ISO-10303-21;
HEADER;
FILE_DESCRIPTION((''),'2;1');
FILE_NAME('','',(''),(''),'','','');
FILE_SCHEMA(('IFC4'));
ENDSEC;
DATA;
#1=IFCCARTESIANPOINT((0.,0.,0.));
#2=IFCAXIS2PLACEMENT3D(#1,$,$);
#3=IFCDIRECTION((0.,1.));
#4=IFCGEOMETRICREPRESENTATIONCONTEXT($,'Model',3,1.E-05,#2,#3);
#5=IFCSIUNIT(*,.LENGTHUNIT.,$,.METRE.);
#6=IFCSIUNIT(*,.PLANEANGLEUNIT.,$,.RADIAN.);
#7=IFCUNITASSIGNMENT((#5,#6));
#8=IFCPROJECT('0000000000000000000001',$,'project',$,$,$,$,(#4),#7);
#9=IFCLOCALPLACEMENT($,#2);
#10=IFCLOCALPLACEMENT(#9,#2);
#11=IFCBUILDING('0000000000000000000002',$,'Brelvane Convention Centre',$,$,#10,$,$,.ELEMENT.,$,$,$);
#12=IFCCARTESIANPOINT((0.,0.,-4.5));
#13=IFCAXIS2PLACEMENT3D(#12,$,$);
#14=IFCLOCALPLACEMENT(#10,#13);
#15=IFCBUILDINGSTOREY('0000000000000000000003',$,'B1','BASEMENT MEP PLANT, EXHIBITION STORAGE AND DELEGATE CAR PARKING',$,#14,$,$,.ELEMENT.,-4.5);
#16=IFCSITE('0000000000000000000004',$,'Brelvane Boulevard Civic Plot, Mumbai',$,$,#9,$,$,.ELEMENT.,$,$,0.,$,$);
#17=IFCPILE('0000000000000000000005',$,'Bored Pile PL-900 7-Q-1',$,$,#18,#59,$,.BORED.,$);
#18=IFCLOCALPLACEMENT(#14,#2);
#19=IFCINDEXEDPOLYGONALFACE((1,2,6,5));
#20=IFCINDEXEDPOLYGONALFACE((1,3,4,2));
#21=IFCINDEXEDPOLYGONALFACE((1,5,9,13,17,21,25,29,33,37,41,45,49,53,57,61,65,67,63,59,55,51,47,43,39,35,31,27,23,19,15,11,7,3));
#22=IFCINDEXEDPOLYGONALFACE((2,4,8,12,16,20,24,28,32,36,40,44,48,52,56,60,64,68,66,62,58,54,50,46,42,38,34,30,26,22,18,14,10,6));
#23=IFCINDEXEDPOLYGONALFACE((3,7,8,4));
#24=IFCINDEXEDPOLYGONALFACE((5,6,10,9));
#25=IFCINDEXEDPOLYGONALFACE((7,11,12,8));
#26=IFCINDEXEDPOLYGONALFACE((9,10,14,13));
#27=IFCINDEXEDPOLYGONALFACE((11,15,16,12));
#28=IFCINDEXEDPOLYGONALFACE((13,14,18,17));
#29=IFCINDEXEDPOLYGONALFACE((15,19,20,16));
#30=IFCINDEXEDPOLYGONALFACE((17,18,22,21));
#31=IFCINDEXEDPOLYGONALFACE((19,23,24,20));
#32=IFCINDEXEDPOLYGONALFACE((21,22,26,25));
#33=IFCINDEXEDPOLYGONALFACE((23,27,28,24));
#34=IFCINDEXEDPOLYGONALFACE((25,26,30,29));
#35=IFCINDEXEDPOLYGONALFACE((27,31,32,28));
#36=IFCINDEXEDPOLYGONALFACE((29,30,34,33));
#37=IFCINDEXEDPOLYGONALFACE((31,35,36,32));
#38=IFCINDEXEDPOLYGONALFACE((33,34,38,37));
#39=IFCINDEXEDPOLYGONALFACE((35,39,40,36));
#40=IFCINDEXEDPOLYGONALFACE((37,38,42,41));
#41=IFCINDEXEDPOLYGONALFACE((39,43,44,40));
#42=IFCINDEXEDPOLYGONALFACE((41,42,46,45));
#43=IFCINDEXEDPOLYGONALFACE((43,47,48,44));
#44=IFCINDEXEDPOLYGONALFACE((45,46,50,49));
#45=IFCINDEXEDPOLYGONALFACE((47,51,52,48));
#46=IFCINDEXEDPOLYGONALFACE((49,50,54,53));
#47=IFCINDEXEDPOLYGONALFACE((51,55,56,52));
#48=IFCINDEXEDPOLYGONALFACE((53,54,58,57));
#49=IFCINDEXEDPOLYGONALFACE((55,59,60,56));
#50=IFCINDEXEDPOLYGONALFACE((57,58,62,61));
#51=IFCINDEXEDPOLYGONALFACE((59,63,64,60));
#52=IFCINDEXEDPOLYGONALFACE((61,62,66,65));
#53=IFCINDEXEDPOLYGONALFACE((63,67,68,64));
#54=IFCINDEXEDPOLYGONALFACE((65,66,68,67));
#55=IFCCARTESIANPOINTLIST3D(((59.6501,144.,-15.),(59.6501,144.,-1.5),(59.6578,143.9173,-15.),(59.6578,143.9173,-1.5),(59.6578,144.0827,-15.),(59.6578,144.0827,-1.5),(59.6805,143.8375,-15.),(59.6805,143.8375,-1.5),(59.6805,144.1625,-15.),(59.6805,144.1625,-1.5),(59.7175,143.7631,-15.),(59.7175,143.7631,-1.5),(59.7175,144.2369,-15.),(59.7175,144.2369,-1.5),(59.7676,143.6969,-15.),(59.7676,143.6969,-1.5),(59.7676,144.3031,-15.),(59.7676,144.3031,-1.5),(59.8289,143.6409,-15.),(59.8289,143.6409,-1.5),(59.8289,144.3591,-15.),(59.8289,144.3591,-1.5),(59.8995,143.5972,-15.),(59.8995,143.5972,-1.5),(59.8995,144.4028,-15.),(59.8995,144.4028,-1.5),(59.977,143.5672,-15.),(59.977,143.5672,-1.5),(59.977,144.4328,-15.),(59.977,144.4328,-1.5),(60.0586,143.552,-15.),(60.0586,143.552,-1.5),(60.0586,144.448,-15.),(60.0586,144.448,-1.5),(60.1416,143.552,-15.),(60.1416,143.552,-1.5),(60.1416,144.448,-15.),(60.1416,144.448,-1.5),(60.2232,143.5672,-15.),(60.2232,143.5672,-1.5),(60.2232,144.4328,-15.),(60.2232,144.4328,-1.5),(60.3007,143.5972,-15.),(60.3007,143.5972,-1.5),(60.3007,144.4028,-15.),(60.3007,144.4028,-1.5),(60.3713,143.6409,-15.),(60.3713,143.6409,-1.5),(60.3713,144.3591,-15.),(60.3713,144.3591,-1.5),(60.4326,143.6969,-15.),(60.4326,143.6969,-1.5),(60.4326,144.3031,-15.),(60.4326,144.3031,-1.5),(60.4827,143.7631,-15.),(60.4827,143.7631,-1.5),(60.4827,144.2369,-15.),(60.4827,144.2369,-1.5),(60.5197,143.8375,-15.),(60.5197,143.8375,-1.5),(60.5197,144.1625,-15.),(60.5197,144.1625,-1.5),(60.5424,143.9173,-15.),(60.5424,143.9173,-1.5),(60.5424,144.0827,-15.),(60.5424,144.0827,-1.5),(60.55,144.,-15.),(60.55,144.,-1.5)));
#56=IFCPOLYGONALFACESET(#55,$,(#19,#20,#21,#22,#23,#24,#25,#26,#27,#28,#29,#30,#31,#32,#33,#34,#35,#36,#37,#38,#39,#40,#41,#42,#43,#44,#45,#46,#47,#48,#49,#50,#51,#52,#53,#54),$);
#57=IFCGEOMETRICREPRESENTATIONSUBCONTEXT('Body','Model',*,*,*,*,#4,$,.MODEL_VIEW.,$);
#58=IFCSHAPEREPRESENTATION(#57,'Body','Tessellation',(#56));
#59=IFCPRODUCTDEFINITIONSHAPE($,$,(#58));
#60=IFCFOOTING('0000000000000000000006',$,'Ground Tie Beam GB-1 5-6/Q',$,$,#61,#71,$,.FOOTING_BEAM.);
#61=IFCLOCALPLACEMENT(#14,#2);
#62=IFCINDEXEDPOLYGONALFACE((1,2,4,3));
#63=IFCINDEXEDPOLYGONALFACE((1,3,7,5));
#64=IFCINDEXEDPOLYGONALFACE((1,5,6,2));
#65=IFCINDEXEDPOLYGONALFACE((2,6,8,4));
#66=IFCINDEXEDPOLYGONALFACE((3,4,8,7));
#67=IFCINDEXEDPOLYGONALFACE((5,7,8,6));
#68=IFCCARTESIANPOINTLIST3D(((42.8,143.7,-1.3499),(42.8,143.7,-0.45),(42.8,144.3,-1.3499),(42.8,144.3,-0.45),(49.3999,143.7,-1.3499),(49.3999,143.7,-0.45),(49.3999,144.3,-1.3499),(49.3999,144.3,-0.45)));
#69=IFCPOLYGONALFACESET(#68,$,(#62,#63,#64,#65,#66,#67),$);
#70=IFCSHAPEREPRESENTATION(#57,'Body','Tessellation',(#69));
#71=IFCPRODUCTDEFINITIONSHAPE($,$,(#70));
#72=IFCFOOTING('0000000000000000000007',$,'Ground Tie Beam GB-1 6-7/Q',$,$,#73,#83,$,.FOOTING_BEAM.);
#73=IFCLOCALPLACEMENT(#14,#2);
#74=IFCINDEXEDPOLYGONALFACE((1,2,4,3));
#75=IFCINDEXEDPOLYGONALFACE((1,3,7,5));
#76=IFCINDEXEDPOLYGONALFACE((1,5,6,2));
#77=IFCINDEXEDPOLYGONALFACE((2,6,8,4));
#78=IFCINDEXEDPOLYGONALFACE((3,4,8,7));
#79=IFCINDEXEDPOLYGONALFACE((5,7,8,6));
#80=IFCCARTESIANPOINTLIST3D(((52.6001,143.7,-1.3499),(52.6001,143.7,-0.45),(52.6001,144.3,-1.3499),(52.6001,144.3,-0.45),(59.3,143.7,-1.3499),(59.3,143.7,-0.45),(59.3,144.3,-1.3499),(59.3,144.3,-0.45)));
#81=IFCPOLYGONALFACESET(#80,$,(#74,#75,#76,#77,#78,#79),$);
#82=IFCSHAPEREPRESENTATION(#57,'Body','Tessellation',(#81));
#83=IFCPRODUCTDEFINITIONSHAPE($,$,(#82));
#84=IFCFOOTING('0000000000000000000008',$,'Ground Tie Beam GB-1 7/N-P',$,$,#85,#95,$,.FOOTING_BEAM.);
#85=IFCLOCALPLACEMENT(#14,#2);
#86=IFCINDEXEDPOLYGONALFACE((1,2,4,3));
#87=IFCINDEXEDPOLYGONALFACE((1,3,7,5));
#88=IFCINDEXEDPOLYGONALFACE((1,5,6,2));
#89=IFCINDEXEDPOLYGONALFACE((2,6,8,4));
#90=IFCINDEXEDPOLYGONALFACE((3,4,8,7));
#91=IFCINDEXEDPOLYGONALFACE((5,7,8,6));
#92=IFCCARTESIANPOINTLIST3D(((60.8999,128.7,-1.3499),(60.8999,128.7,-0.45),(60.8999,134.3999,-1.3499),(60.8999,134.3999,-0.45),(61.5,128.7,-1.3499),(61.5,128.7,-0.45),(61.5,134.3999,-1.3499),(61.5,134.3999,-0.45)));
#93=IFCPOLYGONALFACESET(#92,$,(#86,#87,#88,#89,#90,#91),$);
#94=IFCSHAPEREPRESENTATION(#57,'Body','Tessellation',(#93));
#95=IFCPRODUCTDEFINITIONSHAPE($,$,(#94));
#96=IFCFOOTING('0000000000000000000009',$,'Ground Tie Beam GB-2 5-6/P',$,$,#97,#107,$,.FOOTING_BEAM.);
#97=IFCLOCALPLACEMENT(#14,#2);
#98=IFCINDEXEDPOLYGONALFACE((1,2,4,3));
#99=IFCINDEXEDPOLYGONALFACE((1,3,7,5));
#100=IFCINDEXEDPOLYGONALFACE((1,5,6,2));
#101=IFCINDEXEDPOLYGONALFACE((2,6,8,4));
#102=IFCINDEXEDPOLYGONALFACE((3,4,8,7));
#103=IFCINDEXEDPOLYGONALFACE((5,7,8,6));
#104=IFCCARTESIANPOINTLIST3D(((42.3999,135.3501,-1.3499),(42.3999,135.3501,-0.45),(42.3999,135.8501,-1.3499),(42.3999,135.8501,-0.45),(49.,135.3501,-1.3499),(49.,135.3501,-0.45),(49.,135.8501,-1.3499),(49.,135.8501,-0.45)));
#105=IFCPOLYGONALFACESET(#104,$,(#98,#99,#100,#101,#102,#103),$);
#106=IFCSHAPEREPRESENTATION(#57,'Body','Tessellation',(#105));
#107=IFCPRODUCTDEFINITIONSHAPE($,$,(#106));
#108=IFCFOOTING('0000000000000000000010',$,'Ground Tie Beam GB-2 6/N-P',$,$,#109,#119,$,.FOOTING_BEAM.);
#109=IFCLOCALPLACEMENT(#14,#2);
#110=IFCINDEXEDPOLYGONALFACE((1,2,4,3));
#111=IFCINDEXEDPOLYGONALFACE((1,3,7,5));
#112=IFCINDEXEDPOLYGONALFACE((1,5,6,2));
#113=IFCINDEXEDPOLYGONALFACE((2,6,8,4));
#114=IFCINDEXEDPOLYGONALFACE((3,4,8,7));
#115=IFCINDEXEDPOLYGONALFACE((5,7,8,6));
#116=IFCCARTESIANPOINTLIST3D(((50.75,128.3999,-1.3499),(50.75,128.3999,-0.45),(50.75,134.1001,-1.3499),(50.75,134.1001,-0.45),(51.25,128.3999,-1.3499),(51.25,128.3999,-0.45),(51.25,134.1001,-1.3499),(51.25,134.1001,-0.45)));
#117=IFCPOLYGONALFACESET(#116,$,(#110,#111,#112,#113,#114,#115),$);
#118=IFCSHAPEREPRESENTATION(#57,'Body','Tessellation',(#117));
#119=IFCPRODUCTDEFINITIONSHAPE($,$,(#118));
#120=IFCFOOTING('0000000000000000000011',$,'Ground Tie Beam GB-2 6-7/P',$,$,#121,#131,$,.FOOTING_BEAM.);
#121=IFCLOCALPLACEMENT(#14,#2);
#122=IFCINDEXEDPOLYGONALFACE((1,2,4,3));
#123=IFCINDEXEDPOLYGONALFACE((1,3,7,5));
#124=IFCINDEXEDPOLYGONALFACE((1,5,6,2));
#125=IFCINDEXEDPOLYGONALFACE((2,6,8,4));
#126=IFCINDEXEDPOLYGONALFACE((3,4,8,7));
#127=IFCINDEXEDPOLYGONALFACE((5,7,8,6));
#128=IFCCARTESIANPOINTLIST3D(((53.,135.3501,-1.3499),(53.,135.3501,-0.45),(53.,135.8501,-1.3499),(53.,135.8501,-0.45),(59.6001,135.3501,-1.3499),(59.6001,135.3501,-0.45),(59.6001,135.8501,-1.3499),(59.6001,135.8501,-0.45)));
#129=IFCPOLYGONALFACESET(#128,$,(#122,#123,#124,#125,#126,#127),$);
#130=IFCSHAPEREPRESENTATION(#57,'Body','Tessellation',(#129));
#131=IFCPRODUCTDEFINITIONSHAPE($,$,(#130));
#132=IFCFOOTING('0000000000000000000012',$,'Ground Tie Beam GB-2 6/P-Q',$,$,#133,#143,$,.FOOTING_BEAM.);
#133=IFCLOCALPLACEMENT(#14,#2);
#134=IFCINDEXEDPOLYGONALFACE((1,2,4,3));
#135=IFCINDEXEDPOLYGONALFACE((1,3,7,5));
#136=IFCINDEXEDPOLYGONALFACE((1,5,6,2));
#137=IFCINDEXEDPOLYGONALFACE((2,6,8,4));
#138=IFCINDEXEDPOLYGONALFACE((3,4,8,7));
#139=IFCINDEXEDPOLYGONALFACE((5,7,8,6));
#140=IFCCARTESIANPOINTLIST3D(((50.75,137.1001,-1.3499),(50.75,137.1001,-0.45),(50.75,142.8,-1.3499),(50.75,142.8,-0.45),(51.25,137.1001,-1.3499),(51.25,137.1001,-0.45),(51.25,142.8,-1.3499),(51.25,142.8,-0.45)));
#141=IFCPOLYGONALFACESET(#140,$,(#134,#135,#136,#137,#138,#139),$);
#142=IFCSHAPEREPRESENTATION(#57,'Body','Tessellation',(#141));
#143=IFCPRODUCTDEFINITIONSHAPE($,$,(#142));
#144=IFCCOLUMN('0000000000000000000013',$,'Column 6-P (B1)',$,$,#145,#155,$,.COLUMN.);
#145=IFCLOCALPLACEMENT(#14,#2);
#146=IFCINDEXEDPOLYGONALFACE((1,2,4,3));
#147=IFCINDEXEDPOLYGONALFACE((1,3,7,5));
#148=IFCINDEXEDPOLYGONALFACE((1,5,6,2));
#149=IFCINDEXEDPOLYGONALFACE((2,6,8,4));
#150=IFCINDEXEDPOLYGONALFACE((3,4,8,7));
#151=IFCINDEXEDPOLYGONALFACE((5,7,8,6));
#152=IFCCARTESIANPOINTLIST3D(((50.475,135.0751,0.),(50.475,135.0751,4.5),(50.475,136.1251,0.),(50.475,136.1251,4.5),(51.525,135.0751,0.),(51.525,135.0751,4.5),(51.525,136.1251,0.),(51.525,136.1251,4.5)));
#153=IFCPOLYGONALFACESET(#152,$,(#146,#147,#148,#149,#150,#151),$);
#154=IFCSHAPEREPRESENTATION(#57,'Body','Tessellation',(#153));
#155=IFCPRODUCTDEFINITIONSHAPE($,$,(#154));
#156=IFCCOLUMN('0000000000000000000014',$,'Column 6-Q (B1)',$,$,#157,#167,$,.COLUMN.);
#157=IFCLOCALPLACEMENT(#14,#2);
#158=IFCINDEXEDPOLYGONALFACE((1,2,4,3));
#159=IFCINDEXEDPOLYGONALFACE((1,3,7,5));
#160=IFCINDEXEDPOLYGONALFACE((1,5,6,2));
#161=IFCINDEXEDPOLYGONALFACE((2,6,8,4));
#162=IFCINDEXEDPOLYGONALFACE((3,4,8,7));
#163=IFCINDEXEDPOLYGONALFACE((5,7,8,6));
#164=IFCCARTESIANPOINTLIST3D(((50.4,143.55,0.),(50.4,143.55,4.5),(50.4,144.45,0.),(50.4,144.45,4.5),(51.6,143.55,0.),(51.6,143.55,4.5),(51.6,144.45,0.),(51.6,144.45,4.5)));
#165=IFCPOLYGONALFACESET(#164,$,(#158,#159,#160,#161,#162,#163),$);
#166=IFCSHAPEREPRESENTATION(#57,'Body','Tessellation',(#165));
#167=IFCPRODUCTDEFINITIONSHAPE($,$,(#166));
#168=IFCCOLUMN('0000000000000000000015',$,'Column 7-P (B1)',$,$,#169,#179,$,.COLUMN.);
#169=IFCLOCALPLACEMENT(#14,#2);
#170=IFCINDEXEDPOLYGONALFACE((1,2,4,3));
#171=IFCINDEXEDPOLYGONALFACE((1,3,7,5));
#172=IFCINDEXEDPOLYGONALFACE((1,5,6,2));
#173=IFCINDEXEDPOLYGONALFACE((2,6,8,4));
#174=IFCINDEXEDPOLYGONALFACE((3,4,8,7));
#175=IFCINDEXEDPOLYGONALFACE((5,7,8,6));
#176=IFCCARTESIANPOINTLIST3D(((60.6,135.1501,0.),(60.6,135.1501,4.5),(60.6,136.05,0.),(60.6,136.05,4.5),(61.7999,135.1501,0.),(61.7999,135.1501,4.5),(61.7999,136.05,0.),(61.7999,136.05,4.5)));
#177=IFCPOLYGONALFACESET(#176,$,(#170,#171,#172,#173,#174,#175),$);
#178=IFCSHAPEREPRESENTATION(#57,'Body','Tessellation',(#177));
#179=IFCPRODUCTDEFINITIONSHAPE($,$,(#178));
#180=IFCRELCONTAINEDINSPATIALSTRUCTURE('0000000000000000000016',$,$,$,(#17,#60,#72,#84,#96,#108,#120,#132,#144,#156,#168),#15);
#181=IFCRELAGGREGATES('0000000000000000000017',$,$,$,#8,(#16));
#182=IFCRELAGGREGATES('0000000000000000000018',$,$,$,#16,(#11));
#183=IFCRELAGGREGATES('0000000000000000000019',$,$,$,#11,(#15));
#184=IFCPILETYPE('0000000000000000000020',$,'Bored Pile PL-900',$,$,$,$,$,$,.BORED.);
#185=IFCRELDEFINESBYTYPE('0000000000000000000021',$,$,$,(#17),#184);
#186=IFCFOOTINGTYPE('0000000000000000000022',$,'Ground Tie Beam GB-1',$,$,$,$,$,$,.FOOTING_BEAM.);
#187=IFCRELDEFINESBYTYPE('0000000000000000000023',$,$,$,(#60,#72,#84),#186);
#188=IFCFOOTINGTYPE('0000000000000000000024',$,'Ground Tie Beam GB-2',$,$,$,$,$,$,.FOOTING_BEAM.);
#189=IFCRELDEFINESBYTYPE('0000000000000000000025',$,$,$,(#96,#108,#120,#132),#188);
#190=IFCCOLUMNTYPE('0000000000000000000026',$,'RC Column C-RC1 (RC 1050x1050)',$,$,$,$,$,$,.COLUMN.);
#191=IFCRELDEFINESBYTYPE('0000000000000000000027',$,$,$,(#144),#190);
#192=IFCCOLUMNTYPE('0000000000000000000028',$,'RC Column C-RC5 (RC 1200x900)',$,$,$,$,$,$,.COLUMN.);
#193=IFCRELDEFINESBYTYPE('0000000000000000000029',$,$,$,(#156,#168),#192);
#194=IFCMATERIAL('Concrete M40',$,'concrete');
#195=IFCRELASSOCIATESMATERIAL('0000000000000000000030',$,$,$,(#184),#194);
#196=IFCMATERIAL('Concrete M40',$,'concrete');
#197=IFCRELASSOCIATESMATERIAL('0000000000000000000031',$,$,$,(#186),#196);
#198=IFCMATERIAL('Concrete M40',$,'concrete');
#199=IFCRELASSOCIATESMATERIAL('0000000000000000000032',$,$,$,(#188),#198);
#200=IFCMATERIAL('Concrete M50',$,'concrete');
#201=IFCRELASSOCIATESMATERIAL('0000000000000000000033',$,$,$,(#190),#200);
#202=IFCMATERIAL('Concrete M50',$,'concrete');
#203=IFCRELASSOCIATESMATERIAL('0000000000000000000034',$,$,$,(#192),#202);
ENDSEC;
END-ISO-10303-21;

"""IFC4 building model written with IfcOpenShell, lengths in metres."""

from ifc_helpers import new_model, si_unit, direction, frame, origin, origin_2d, place, context, subcontext, project, spatial, rectangle, circle, extrude, material, material_profile, profile_set, type_object, element, save


model = new_model("IFC4")

# Units and contexts
model_context = context("Model", 3, precision=1e-05, world=origin(), true_north=direction((0.0, 1.0)))
body_context = subcontext(model_context, "Body", "Model", "MODEL_VIEW")
ifc_project = project(units=[si_unit("LENGTHUNIT", "METRE"), si_unit("PLANEANGLEUNIT", "RADIAN")], contexts=[model_context])

# Site, building, storey
site_placement = place(None, origin())
site = spatial("IfcSite", under=ifc_project, at=site_placement, Name="Brelvane Boulevard Civic Plot, Mumbai", CompositionType="ELEMENT", RefElevation=0.0)
building_placement = place(site_placement, origin())
building = spatial("IfcBuilding", under=site, at=building_placement, Name="Brelvane Convention Centre", CompositionType="ELEMENT")
storey_placement = place(building_placement, frame((0.0, 0.0, -4.5)))
storey = spatial("IfcBuildingStorey", under=building, at=storey_placement, Name="B1", Description="BASEMENT MEP PLANT, EXHIBITION STORAGE AND DELEGATE CAR PARKING", CompositionType="ELEMENT", Elevation=-4.5)

# Pile
ifc_material_1 = material(Name="Concrete M40", Category="concrete")
ifc_material_profile_1 = material_profile(ifc_material_1, circle(Radius=0.45, at=origin_2d()), Name="PILE D900")
ifc_profile_set_1 = profile_set([ifc_material_profile_1], Name="Concrete M40")
pile_type = type_object("IfcPileType", Name="Bored Pile PL-900", PredefinedType="BORED", material=ifc_profile_set_1)
pile_1_placement = place(storey_placement, frame((60.1001, 144.0, -1.5), z_axis=(0.0, 0.0, -1.0), x_axis=(1.0, 0.0, 0.0)))
element("IfcPile", 1, at=pile_1_placement, inside=storey, type_object=pile_type, Name="Bored Pile PL-900 7-Q-1", PredefinedType="BORED", context=body_context, shape_type="SweptSolid", body=[
    extrude(circle(Radius=0.45, at=origin_2d()), origin(), (0.0, 0.0, 1.0), 13.5),
])

# Footings
ifc_material_2 = material(Name="Concrete M40", Category="concrete")
ifc_material_profile_2 = material_profile(ifc_material_2, rectangle(XDim=0.6001, YDim=0.8999, at=origin_2d()), Name="RC 600x900")
ifc_profile_set_2 = profile_set([ifc_material_profile_2], Name="Concrete M40")
footing_type_1 = type_object("IfcFootingType", Name="Ground Tie Beam GB-1", PredefinedType="FOOTING_BEAM", material=ifc_profile_set_2)
footing_1_placement = place(storey_placement, frame((42.8, 144.0, -0.8999), z_axis=(1.0, 0.0, 0.0), x_axis=(0.0, 1.0, 0.0)))
element("IfcFooting", 2, at=footing_1_placement, inside=storey, type_object=footing_type_1, Name="Ground Tie Beam GB-1 5-6/Q", PredefinedType="FOOTING_BEAM", context=body_context, shape_type="SweptSolid", body=[
    extrude(rectangle(XDim=0.6001, YDim=0.8999, at=origin_2d()), origin(), (0.0, 0.0, 1.0), 6.5999),
])
footing_2_placement = place(storey_placement, frame((52.6001, 144.0, -0.8999), z_axis=(1.0, 0.0, 0.0), x_axis=(0.0, 1.0, 0.0)))
element("IfcFooting", 3, at=footing_2_placement, inside=storey, type_object=footing_type_1, Name="Ground Tie Beam GB-1 6-7/Q", PredefinedType="FOOTING_BEAM", context=body_context, shape_type="SweptSolid", body=[
    extrude(rectangle(XDim=0.6001, YDim=0.8999, at=origin_2d()), origin(), (0.0, 0.0, 1.0), 6.7),
])
footing_3_placement = place(storey_placement, frame((61.2, 128.7, -0.8999), z_axis=(0.0, 1.0, 0.0), x_axis=(-1.0, 0.0, 0.0)))
element("IfcFooting", 4, at=footing_3_placement, inside=storey, type_object=footing_type_1, Name="Ground Tie Beam GB-1 7/N-P", PredefinedType="FOOTING_BEAM", context=body_context, shape_type="SweptSolid", body=[
    extrude(rectangle(XDim=0.6001, YDim=0.8999, at=origin_2d()), origin(), (0.0, 0.0, 1.0), 5.7),
])
ifc_material_3 = material(Name="Concrete M40", Category="concrete")
ifc_material_profile_3 = material_profile(ifc_material_3, rectangle(XDim=0.5, YDim=0.8999, at=origin_2d()), Name="RC 500x900")
ifc_profile_set_3 = profile_set([ifc_material_profile_3], Name="Concrete M40")
footing_type_2 = type_object("IfcFootingType", Name="Ground Tie Beam GB-2", PredefinedType="FOOTING_BEAM", material=ifc_profile_set_3)
footing_4_placement = place(storey_placement, frame((42.3999, 135.6001, -0.8999), z_axis=(1.0, 0.0, 0.0), x_axis=(0.0, 1.0, 0.0)))
element("IfcFooting", 5, at=footing_4_placement, inside=storey, type_object=footing_type_2, Name="Ground Tie Beam GB-2 5-6/P", PredefinedType="FOOTING_BEAM", context=body_context, shape_type="SweptSolid", body=[
    extrude(rectangle(XDim=0.5, YDim=0.8999, at=origin_2d()), origin(), (0.0, 0.0, 1.0), 6.6001),
])
footing_5_placement = place(storey_placement, frame((51.0, 128.3999, -0.8999), z_axis=(0.0, 1.0, 0.0), x_axis=(-1.0, 0.0, 0.0)))
element("IfcFooting", 6, at=footing_5_placement, inside=storey, type_object=footing_type_2, Name="Ground Tie Beam GB-2 6/N-P", PredefinedType="FOOTING_BEAM", context=body_context, shape_type="SweptSolid", body=[
    extrude(rectangle(XDim=0.5, YDim=0.8999, at=origin_2d()), origin(), (0.0, 0.0, 1.0), 5.7002),
])
footing_6_placement = place(storey_placement, frame((53.0, 135.6001, -0.8999), z_axis=(1.0, 0.0, 0.0), x_axis=(0.0, 1.0, 0.0)))
element("IfcFooting", 7, at=footing_6_placement, inside=storey, type_object=footing_type_2, Name="Ground Tie Beam GB-2 6-7/P", PredefinedType="FOOTING_BEAM", context=body_context, shape_type="SweptSolid", body=[
    extrude(rectangle(XDim=0.5, YDim=0.8999, at=origin_2d()), origin(), (0.0, 0.0, 1.0), 6.6001),
])
footing_7_placement = place(storey_placement, frame((51.0, 137.1001, -0.8999), z_axis=(0.0, 1.0, 0.0), x_axis=(-1.0, 0.0, 0.0)))
element("IfcFooting", 8, at=footing_7_placement, inside=storey, type_object=footing_type_2, Name="Ground Tie Beam GB-2 6/P-Q", PredefinedType="FOOTING_BEAM", context=body_context, shape_type="SweptSolid", body=[
    extrude(rectangle(XDim=0.5, YDim=0.8999, at=origin_2d()), origin(), (0.0, 0.0, 1.0), 5.7),
])

# Columns
ifc_material_4 = material(Name="Concrete M50", Category="concrete")
ifc_material_profile_4 = material_profile(ifc_material_4, rectangle(XDim=1.05, YDim=1.05, at=origin_2d()), Name="RC 1050x1050")
ifc_profile_set_4 = profile_set([ifc_material_profile_4], Name="Concrete M50")
column_type_1 = type_object("IfcColumnType", Name="RC Column C-RC1 (RC 1050x1050)", PredefinedType="COLUMN", material=ifc_profile_set_4)
column_1_placement = place(storey_placement, frame((51.0, 135.6001, 0.0), z_axis=(0.0, 0.0, 1.0), x_axis=(1.0, 0.0, 0.0)))
element("IfcColumn", 9, at=column_1_placement, inside=storey, type_object=column_type_1, Name="Column 6-P (B1)", PredefinedType="COLUMN", context=body_context, shape_type="SweptSolid", body=[
    extrude(rectangle(XDim=1.05, YDim=1.05, at=origin_2d()), origin(), (0.0, 0.0, 1.0), 4.5),
])
ifc_material_5 = material(Name="Concrete M50", Category="concrete")
ifc_material_profile_5 = material_profile(ifc_material_5, rectangle(XDim=1.2, YDim=0.8999, at=origin_2d()), Name="RC 1200x900")
ifc_profile_set_5 = profile_set([ifc_material_profile_5], Name="Concrete M50")
column_type_2 = type_object("IfcColumnType", Name="RC Column C-RC5 (RC 1200x900)", PredefinedType="COLUMN", material=ifc_profile_set_5)
for number, where, z_axis, x_axis, name in (
    (10, (51.0, 144.0, 0.0), (0.0, 0.0, 1.0), (1.0, 0.0, 0.0), "Column 6-Q (B1)"),
    (11, (61.2, 135.6001, 0.0), (0.0, 0.0, 1.0), (1.0, 0.0, 0.0), "Column 7-P (B1)"),
):
    element("IfcColumn", number, at=place(storey_placement, frame(where, z_axis=z_axis, x_axis=x_axis)), inside=storey, type_object=column_type_2, Name=name, PredefinedType="COLUMN", context=body_context, shape_type="SweptSolid", body=[
        extrude(rectangle(XDim=1.2, YDim=0.8999, at=origin_2d()), origin(), (0.0, 0.0, 1.0), 4.5),
    ])

save(model, "model.ifc")
